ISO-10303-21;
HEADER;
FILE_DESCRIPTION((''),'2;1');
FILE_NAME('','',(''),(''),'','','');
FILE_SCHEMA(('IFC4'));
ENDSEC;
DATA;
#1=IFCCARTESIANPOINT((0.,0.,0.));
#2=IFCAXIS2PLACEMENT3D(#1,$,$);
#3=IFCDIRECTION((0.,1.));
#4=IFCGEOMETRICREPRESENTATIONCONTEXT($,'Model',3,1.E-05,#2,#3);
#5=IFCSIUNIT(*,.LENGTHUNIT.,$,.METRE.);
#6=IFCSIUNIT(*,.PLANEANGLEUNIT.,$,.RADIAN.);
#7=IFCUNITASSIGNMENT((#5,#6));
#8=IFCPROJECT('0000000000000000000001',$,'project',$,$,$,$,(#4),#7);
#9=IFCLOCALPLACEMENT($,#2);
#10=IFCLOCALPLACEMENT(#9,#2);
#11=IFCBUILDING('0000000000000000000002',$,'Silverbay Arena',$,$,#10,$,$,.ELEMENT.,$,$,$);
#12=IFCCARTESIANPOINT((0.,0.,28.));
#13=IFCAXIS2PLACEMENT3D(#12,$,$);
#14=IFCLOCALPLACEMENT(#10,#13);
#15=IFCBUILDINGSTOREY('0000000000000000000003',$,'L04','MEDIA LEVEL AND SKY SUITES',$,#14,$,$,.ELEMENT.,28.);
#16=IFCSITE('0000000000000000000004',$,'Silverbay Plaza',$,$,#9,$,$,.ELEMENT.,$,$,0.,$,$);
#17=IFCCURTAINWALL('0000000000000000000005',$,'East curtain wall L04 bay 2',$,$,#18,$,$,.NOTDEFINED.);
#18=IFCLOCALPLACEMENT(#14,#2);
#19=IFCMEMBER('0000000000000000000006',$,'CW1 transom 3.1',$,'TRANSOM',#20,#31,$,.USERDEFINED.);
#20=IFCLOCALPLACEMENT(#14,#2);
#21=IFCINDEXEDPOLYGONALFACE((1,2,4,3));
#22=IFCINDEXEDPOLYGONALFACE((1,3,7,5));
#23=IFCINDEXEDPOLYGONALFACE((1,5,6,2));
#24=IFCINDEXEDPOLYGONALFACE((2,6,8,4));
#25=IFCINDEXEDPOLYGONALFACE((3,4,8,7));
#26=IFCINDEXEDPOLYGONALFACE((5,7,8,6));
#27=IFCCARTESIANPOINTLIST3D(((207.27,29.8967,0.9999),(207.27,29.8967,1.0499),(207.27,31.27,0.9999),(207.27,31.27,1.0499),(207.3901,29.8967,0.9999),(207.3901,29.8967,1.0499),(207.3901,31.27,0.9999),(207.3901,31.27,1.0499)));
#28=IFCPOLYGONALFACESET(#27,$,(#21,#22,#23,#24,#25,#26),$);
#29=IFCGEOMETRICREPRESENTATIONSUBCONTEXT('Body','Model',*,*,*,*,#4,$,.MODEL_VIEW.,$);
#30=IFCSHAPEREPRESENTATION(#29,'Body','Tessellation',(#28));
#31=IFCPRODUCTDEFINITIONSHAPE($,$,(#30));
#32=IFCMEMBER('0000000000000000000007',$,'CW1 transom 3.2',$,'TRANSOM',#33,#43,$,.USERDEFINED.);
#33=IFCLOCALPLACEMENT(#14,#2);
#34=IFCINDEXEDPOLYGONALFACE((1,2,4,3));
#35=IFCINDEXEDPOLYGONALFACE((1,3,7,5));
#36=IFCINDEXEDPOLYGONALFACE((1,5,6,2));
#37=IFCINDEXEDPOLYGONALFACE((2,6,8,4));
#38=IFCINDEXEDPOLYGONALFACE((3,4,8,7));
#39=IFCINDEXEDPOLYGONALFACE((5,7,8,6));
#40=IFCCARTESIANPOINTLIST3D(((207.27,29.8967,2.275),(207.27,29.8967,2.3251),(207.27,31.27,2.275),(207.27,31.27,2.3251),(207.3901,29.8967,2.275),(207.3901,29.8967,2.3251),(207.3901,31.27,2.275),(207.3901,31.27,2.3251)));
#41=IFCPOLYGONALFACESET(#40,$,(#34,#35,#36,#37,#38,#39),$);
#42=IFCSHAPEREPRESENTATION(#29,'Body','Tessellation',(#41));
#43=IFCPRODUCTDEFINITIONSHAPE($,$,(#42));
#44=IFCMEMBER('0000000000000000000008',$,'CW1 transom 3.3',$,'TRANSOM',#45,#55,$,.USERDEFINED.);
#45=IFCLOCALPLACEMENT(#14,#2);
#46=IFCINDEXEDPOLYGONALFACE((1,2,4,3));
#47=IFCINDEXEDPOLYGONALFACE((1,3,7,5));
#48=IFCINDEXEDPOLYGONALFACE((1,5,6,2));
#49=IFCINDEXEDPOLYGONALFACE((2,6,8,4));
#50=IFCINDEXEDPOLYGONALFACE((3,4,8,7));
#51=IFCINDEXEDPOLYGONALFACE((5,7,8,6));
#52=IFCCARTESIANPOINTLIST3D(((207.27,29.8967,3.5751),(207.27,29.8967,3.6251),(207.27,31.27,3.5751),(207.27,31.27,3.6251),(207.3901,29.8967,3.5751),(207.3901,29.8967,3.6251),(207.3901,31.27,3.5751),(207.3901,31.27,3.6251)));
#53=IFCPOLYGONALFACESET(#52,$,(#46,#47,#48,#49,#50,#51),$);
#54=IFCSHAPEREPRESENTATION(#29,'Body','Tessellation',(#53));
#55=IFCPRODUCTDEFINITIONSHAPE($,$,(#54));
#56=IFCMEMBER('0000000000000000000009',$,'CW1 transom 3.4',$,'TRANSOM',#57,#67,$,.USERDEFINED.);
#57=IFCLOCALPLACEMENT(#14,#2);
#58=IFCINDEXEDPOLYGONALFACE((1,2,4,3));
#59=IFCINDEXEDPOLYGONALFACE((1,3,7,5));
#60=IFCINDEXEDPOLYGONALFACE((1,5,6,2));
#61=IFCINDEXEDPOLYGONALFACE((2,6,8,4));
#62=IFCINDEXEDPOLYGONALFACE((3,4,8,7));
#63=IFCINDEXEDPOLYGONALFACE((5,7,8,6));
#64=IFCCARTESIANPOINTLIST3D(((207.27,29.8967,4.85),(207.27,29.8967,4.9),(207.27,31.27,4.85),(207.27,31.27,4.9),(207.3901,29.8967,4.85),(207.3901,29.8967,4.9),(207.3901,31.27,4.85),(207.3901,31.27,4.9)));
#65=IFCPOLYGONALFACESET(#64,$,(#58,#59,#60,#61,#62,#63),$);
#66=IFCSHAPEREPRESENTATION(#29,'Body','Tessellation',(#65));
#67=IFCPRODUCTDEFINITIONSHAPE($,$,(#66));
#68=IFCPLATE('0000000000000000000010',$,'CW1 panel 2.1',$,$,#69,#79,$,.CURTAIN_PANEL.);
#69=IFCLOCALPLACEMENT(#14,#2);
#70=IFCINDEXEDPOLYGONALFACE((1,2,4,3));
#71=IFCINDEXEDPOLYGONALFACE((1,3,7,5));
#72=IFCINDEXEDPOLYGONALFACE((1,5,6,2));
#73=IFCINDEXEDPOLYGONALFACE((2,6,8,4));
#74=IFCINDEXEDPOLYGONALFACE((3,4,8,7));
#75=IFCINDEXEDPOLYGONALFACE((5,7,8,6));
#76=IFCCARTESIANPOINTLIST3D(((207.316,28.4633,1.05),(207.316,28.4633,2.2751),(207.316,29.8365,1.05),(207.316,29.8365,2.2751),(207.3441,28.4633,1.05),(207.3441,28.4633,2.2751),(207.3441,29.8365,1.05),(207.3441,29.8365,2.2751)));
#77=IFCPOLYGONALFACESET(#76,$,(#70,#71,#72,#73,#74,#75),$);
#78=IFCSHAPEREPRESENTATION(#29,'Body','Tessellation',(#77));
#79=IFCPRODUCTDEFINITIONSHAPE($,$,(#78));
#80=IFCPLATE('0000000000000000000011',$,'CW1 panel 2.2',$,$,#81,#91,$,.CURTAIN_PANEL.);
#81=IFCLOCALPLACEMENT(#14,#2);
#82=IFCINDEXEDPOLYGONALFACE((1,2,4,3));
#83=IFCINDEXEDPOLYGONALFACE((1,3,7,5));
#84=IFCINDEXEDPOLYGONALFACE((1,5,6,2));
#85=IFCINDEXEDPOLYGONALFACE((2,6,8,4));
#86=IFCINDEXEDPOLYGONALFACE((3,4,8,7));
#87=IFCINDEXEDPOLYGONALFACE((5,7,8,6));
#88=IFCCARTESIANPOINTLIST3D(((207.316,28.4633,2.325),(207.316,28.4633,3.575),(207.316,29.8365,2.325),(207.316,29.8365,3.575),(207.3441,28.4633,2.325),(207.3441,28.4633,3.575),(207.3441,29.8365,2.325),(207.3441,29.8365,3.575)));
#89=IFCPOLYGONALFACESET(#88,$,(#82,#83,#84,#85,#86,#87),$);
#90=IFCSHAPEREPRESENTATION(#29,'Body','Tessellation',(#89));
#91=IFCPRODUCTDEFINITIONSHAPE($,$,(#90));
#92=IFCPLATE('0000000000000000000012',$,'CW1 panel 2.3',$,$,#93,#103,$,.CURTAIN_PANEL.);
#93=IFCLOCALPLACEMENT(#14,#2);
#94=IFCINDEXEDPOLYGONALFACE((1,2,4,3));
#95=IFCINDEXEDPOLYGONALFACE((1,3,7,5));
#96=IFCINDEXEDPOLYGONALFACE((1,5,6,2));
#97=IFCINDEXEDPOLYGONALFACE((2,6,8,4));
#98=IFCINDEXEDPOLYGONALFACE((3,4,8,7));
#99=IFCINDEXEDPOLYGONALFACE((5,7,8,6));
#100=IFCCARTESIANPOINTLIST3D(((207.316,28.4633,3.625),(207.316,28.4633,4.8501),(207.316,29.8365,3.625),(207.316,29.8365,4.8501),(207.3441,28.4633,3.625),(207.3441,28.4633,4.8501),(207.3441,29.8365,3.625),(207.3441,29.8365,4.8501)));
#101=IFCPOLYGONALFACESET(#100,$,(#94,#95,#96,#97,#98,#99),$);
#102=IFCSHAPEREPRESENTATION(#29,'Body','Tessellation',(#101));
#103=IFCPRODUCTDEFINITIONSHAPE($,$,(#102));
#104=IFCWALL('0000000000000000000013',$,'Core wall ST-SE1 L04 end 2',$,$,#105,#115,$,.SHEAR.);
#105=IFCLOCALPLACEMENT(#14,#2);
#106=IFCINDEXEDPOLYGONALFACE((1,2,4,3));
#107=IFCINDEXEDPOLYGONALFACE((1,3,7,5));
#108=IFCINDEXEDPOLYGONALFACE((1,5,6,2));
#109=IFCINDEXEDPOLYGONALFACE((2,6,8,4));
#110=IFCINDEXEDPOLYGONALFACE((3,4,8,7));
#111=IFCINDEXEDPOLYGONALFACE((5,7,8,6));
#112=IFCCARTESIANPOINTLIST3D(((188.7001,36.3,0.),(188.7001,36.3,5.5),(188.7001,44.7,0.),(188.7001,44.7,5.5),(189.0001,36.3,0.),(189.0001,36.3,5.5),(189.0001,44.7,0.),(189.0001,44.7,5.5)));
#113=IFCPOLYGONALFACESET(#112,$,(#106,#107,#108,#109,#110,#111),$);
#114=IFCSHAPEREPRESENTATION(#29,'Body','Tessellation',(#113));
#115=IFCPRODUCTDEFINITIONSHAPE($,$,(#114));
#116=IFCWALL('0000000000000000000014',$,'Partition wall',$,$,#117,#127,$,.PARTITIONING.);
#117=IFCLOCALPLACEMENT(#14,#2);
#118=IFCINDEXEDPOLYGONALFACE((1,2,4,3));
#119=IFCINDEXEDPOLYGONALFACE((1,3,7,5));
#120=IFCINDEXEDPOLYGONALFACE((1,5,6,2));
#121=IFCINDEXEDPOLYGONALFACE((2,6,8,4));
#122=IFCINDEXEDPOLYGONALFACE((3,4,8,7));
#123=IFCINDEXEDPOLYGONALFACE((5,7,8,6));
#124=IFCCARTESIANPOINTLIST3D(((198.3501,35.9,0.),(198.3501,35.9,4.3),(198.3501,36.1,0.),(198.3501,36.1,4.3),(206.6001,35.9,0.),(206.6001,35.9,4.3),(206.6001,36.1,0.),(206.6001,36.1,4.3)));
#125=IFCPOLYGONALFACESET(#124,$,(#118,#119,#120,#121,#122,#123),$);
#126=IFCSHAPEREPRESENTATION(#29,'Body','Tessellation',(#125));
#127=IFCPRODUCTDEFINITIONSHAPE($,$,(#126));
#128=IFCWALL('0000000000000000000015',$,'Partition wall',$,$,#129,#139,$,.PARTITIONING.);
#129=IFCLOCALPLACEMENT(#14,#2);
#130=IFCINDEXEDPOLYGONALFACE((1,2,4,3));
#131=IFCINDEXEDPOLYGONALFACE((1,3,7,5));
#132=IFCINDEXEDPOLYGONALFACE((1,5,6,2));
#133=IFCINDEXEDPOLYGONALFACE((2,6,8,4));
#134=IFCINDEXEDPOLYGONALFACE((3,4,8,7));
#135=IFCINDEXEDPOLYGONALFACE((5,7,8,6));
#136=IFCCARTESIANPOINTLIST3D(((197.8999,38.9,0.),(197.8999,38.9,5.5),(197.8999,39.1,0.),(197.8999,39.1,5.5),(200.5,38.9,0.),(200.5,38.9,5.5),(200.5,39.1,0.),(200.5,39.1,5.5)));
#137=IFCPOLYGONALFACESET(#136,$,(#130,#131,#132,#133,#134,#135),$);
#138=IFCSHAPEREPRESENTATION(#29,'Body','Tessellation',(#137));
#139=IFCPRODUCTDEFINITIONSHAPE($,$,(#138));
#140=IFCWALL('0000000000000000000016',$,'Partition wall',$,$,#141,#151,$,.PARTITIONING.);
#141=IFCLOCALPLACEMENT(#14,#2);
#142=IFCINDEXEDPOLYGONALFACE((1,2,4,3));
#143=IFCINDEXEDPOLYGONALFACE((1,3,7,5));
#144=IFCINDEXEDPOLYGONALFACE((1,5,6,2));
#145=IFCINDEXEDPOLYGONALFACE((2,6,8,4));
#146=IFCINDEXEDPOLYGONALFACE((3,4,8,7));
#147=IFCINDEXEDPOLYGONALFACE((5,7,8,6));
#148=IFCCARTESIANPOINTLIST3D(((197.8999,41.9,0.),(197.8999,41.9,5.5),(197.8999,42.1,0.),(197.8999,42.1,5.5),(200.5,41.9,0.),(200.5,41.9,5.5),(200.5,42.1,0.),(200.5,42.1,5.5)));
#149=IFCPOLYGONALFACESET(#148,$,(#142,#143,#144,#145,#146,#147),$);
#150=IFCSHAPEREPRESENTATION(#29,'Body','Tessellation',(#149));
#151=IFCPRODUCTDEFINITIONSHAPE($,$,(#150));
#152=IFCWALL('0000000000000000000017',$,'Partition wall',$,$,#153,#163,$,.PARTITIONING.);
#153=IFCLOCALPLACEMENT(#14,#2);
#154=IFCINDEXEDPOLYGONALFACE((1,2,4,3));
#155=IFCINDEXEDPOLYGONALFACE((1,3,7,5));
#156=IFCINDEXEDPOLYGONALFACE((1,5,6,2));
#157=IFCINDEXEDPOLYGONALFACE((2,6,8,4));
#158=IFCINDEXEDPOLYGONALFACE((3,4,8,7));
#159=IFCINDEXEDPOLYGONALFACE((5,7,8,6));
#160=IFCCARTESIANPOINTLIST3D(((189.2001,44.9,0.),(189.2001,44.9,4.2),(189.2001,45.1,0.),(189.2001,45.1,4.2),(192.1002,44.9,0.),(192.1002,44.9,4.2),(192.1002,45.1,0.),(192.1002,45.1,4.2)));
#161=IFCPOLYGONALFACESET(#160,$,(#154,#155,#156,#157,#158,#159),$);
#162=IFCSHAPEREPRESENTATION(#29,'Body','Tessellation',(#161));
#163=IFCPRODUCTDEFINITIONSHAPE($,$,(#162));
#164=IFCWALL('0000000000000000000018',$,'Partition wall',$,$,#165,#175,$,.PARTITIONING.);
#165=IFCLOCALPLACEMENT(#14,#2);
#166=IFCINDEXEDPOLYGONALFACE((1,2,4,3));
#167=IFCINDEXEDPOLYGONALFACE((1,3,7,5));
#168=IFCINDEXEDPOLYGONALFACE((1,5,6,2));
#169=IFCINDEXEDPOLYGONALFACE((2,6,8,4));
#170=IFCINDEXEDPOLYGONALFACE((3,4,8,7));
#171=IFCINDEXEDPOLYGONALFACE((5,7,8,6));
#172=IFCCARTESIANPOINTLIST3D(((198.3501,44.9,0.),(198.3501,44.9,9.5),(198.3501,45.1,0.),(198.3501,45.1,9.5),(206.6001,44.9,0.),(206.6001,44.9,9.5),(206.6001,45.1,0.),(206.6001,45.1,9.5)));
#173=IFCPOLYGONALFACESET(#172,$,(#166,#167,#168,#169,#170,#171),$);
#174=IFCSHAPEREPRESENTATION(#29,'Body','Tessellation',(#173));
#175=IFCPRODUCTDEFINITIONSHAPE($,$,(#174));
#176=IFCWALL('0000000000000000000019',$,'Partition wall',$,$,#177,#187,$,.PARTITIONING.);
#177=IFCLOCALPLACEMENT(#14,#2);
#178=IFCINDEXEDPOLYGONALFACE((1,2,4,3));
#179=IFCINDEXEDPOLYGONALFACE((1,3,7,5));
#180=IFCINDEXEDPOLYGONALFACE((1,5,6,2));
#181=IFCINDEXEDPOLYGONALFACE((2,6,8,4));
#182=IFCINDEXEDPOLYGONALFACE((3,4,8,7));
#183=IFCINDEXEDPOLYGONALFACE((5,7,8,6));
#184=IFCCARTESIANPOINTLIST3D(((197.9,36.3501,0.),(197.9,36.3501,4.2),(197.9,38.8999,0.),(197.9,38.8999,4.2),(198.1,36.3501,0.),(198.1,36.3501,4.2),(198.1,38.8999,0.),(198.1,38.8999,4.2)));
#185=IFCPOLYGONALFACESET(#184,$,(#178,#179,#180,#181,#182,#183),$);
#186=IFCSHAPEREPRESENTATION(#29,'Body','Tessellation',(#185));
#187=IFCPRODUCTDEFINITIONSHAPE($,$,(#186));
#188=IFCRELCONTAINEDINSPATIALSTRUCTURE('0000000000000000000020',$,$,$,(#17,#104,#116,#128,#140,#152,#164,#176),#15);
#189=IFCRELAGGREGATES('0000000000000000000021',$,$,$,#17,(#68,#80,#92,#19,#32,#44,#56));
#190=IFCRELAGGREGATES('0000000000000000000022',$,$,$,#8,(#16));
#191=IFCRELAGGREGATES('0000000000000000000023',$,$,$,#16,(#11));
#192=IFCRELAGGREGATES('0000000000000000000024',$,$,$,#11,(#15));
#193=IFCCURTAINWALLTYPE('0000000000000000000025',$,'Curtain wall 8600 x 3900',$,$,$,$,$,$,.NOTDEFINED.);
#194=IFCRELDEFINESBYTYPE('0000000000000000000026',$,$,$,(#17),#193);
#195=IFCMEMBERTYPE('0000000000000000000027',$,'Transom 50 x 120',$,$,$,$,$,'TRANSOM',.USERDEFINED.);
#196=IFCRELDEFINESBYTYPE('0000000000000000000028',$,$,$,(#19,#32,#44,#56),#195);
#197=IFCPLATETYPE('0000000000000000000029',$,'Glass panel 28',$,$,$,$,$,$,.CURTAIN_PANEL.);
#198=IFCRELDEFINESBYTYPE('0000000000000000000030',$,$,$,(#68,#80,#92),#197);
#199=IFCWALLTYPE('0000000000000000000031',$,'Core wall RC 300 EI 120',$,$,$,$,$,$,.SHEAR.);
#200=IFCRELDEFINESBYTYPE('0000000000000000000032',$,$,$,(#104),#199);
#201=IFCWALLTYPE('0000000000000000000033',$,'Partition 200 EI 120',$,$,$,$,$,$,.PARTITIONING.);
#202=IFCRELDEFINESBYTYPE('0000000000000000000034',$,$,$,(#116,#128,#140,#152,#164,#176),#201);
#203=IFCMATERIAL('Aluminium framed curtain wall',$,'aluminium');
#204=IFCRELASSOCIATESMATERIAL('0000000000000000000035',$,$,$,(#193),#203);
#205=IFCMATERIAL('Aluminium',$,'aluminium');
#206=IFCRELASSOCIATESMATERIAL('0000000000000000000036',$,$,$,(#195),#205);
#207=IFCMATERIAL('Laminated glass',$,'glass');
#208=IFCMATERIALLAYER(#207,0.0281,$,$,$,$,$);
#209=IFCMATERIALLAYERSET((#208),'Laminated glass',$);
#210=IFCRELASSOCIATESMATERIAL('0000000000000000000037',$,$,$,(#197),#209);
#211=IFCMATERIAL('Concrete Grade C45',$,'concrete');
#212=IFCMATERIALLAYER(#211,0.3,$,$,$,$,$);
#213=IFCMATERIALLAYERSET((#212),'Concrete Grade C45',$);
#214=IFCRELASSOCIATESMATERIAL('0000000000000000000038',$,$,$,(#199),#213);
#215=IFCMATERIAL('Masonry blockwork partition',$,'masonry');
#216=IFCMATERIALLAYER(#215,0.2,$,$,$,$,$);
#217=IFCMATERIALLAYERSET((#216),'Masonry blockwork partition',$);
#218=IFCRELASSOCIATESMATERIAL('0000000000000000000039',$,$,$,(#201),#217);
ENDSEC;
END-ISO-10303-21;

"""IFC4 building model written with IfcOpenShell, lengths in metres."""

from ifc_helpers import new_model, si_unit, direction, frame, frame_2d, origin, origin_2d, place, context, subcontext, project, spatial, rectangle, extrude, material, layer, layer_set, material_profile, profile_set, type_object, element, aggregate, save


model = new_model("IFC4")

# Units and contexts
model_context = context("Model", 3, precision=1e-05, world=origin(), true_north=direction((0.0, 1.0)))
body_context = subcontext(model_context, "Body", "Model", "MODEL_VIEW")
ifc_project = project(units=[si_unit("LENGTHUNIT", "METRE"), si_unit("PLANEANGLEUNIT", "RADIAN")], contexts=[model_context])

# Site, building, storey
site_placement = place(None, origin())
site = spatial("IfcSite", under=ifc_project, at=site_placement, Name="Silverbay Plaza", CompositionType="ELEMENT", RefElevation=0.0)
building_placement = place(site_placement, origin())
building = spatial("IfcBuilding", under=site, at=building_placement, Name="Silverbay Arena", CompositionType="ELEMENT")
storey_placement = place(building_placement, frame((0.0, 0.0, 28.0)))
storey = spatial("IfcBuildingStorey", under=building, at=storey_placement, Name="L04", Description="MEDIA LEVEL AND SKY SUITES", CompositionType="ELEMENT", Elevation=28.0)

# Curtain wall
ifc_material_1 = material(Name="Aluminium framed curtain wall", Category="aluminium")
curtain_wall_type = type_object("IfcCurtainWallType", Name="Curtain wall 8600 x 3900", PredefinedType="NOTDEFINED", material=ifc_material_1)
curtain_wall_placement = place(storey_placement, origin())
curtain_wall = element("IfcCurtainWall", 1, at=curtain_wall_placement, inside=storey, type_object=curtain_wall_type, Name="East curtain wall L04 bay 2", PredefinedType="NOTDEFINED")

# Members
ifc_material_2 = material(Name="Aluminium", Category="aluminium")
ifc_material_profile_1 = material_profile(ifc_material_2, rectangle(XDim=0.1201, YDim=0.05, at=origin_2d()), Name="Transom 50 x 120")
ifc_profile_set_1 = profile_set([ifc_material_profile_1], Name="Aluminium")
member_type_1 = type_object("IfcMemberType", Name="Transom 50 x 120", ElementType="TRANSOM", PredefinedType="USERDEFINED", material=ifc_profile_set_1)
member_1_placement = place(storey_placement, frame((207.3301, 29.8967, 1.0249), z_axis=(0.0, 1.0, 0.0), x_axis=(-1.0, 0.0, 0.0)))
member_1 = element("IfcMember", 2, at=member_1_placement, type_object=member_type_1, Name="CW1 transom 3.1", ObjectType="TRANSOM", PredefinedType="USERDEFINED", context=body_context, shape_type="SweptSolid", body=[
    extrude(rectangle(XDim=0.1201, YDim=0.05, at=origin_2d()), origin(), (0.0, 0.0, 1.0), 1.3733),
])
member_2_placement = place(storey_placement, frame((207.3301, 29.8967, 2.3), z_axis=(0.0, 1.0, 0.0), x_axis=(-1.0, 0.0, 0.0)))
member_2 = element("IfcMember", 3, at=member_2_placement, type_object=member_type_1, Name="CW1 transom 3.2", ObjectType="TRANSOM", PredefinedType="USERDEFINED", context=body_context, shape_type="SweptSolid", body=[
    extrude(rectangle(XDim=0.1201, YDim=0.05, at=origin_2d()), origin(), (0.0, 0.0, 1.0), 1.3733),
])
member_3_placement = place(storey_placement, frame((207.3301, 29.8967, 3.6001), z_axis=(0.0, 1.0, 0.0), x_axis=(-1.0, 0.0, 0.0)))
member_3 = element("IfcMember", 4, at=member_3_placement, type_object=member_type_1, Name="CW1 transom 3.3", ObjectType="TRANSOM", PredefinedType="USERDEFINED", context=body_context, shape_type="SweptSolid", body=[
    extrude(rectangle(XDim=0.1201, YDim=0.05, at=origin_2d()), origin(), (0.0, 0.0, 1.0), 1.3733),
])
member_4_placement = place(storey_placement, frame((207.3301, 29.8967, 4.875), z_axis=(0.0, 1.0, 0.0), x_axis=(-1.0, 0.0, 0.0)))
member_4 = element("IfcMember", 5, at=member_4_placement, type_object=member_type_1, Name="CW1 transom 3.4", ObjectType="TRANSOM", PredefinedType="USERDEFINED", context=body_context, shape_type="SweptSolid", body=[
    extrude(rectangle(XDim=0.1201, YDim=0.05, at=origin_2d()), origin(), (0.0, 0.0, 1.0), 1.3733),
])

# Plates
ifc_material_3 = material(Name="Laminated glass", Category="glass")
ifc_layer_1 = layer(ifc_material_3, 0.0281)
ifc_layer_set_1 = layer_set([ifc_layer_1], Name="Laminated glass")
plate_type = type_object("IfcPlateType", Name="Glass panel 28", PredefinedType="CURTAIN_PANEL", material=ifc_layer_set_1)
plate_1_placement = place(storey_placement, frame((207.3301, 29.1499, 1.05), z_axis=(0.0, 0.0, 1.0), x_axis=(0.0, 1.0, 0.0)))
plate_1 = element("IfcPlate", 6, at=plate_1_placement, type_object=plate_type, Name="CW1 panel 2.1", PredefinedType="CURTAIN_PANEL", context=body_context, shape_type="SweptSolid", body=[
    extrude(rectangle(XDim=1.3733, YDim=0.0281, at=origin_2d()), origin(), (0.0, 0.0, 1.0), 1.2251),
])
plate_2_placement = place(storey_placement, frame((207.3301, 29.1499, 2.325), z_axis=(0.0, 0.0, 1.0), x_axis=(0.0, 1.0, 0.0)))
plate_2 = element("IfcPlate", 7, at=plate_2_placement, type_object=plate_type, Name="CW1 panel 2.2", PredefinedType="CURTAIN_PANEL", context=body_context, shape_type="SweptSolid", body=[
    extrude(rectangle(XDim=1.3733, YDim=0.0281, at=origin_2d()), origin(), (0.0, 0.0, 1.0), 1.25),
])
plate_3_placement = place(storey_placement, frame((207.3301, 29.1499, 3.625), z_axis=(0.0, 0.0, 1.0), x_axis=(0.0, 1.0, 0.0)))
plate_3 = element("IfcPlate", 8, at=plate_3_placement, type_object=plate_type, Name="CW1 panel 2.3", PredefinedType="CURTAIN_PANEL", context=body_context, shape_type="SweptSolid", body=[
    extrude(rectangle(XDim=1.3733, YDim=0.0281, at=origin_2d()), origin(), (0.0, 0.0, 1.0), 1.2251),
])
aggregate(curtain_wall, [plate_1, plate_2, plate_3, member_1, member_2, member_3, member_4])

# Walls
ifc_material_4 = material(Name="Concrete Grade C45", Category="concrete")
ifc_layer_2 = layer(ifc_material_4, 0.3)
ifc_layer_set_2 = layer_set([ifc_layer_2], Name="Concrete Grade C45")
wall_type_1 = type_object("IfcWallType", Name="Core wall RC 300 EI 120", PredefinedType="SHEAR", material=ifc_layer_set_2)
wall_1_placement = place(storey_placement, frame((188.8501, 44.7, 0.0), z_axis=(0.0, 0.0, 1.0), x_axis=(0.0, -1.0, 0.0)))
element("IfcWall", 9, at=wall_1_placement, inside=storey, type_object=wall_type_1, Name="Core wall ST-SE1 L04 end 2", PredefinedType="SHEAR", context=body_context, shape_type="SweptSolid", body=[
    extrude(rectangle(XDim=8.3999, YDim=0.3, at=frame_2d((4.2, 0.0))), origin(), (0.0, 0.0, 1.0), 5.5),
])
ifc_material_5 = material(Name="Masonry blockwork partition", Category="masonry")
ifc_layer_3 = layer(ifc_material_5, 0.2)
ifc_layer_set_3 = layer_set([ifc_layer_3], Name="Masonry blockwork partition")
wall_type_2 = type_object("IfcWallType", Name="Partition 200 EI 120", PredefinedType="PARTITIONING", material=ifc_layer_set_3)
wall_2_placement = place(storey_placement, frame((198.3501, 36.0, 0.0), z_axis=(0.0, 0.0, 1.0), x_axis=(1.0, 0.0, 0.0)))
element("IfcWall", 10, at=wall_2_placement, inside=storey, type_object=wall_type_2, Name="Partition wall", PredefinedType="PARTITIONING", context=body_context, shape_type="SweptSolid", body=[
    extrude(rectangle(XDim=8.25, YDim=0.2, at=frame_2d((4.125, 0.0))), origin(), (0.0, 0.0, 1.0), 4.3),
])
for number, where, z_axis, x_axis, name in (
    (11, (197.8999, 39.0, 0.0), (0.0, 0.0, 1.0), (1.0, 0.0, 0.0), "Partition wall"),
    (12, (197.8999, 42.0, 0.0), (0.0, 0.0, 1.0), (1.0, 0.0, 0.0), "Partition wall"),
):
    element("IfcWall", number, at=place(storey_placement, frame(where, z_axis=z_axis, x_axis=x_axis)), inside=storey, type_object=wall_type_2, Name=name, PredefinedType="PARTITIONING", context=body_context, shape_type="SweptSolid", body=[
        extrude(rectangle(XDim=2.6001, YDim=0.2, at=frame_2d((1.3, 0.0))), origin(), (0.0, 0.0, 1.0), 5.5),
    ])
wall_3_placement = place(storey_placement, frame((189.2, 45.0, 0.0), z_axis=(0.0, 0.0, 1.0), x_axis=(1.0, 0.0, 0.0)))
element("IfcWall", 13, at=wall_3_placement, inside=storey, type_object=wall_type_2, Name="Partition wall", PredefinedType="PARTITIONING", context=body_context, shape_type="SweptSolid", body=[
    extrude(rectangle(XDim=2.9001, YDim=0.2, at=frame_2d((1.4502, 0.0))), origin(), (0.0, 0.0, 1.0), 4.2),
])
wall_4_placement = place(storey_placement, frame((198.3501, 45.0, 0.0), z_axis=(0.0, 0.0, 1.0), x_axis=(1.0, 0.0, 0.0)))
element("IfcWall", 14, at=wall_4_placement, inside=storey, type_object=wall_type_2, Name="Partition wall", PredefinedType="PARTITIONING", context=body_context, shape_type="SweptSolid", body=[
    extrude(rectangle(XDim=8.25, YDim=0.2, at=frame_2d((4.125, 0.0))), origin(), (0.0, 0.0, 1.0), 9.5),
])
wall_5_placement = place(storey_placement, frame((198.0, 36.3501, 0.0), z_axis=(0.0, 0.0, 1.0), x_axis=(0.0, 1.0, 0.0)))
element("IfcWall", 15, at=wall_5_placement, inside=storey, type_object=wall_type_2, Name="Partition wall", PredefinedType="PARTITIONING", context=body_context, shape_type="SweptSolid", body=[
    extrude(rectangle(XDim=2.5498, YDim=0.2, at=frame_2d((1.2749, 0.0))), origin(), (0.0, 0.0, 1.0), 4.2),
])

save(model, "model.ifc")
